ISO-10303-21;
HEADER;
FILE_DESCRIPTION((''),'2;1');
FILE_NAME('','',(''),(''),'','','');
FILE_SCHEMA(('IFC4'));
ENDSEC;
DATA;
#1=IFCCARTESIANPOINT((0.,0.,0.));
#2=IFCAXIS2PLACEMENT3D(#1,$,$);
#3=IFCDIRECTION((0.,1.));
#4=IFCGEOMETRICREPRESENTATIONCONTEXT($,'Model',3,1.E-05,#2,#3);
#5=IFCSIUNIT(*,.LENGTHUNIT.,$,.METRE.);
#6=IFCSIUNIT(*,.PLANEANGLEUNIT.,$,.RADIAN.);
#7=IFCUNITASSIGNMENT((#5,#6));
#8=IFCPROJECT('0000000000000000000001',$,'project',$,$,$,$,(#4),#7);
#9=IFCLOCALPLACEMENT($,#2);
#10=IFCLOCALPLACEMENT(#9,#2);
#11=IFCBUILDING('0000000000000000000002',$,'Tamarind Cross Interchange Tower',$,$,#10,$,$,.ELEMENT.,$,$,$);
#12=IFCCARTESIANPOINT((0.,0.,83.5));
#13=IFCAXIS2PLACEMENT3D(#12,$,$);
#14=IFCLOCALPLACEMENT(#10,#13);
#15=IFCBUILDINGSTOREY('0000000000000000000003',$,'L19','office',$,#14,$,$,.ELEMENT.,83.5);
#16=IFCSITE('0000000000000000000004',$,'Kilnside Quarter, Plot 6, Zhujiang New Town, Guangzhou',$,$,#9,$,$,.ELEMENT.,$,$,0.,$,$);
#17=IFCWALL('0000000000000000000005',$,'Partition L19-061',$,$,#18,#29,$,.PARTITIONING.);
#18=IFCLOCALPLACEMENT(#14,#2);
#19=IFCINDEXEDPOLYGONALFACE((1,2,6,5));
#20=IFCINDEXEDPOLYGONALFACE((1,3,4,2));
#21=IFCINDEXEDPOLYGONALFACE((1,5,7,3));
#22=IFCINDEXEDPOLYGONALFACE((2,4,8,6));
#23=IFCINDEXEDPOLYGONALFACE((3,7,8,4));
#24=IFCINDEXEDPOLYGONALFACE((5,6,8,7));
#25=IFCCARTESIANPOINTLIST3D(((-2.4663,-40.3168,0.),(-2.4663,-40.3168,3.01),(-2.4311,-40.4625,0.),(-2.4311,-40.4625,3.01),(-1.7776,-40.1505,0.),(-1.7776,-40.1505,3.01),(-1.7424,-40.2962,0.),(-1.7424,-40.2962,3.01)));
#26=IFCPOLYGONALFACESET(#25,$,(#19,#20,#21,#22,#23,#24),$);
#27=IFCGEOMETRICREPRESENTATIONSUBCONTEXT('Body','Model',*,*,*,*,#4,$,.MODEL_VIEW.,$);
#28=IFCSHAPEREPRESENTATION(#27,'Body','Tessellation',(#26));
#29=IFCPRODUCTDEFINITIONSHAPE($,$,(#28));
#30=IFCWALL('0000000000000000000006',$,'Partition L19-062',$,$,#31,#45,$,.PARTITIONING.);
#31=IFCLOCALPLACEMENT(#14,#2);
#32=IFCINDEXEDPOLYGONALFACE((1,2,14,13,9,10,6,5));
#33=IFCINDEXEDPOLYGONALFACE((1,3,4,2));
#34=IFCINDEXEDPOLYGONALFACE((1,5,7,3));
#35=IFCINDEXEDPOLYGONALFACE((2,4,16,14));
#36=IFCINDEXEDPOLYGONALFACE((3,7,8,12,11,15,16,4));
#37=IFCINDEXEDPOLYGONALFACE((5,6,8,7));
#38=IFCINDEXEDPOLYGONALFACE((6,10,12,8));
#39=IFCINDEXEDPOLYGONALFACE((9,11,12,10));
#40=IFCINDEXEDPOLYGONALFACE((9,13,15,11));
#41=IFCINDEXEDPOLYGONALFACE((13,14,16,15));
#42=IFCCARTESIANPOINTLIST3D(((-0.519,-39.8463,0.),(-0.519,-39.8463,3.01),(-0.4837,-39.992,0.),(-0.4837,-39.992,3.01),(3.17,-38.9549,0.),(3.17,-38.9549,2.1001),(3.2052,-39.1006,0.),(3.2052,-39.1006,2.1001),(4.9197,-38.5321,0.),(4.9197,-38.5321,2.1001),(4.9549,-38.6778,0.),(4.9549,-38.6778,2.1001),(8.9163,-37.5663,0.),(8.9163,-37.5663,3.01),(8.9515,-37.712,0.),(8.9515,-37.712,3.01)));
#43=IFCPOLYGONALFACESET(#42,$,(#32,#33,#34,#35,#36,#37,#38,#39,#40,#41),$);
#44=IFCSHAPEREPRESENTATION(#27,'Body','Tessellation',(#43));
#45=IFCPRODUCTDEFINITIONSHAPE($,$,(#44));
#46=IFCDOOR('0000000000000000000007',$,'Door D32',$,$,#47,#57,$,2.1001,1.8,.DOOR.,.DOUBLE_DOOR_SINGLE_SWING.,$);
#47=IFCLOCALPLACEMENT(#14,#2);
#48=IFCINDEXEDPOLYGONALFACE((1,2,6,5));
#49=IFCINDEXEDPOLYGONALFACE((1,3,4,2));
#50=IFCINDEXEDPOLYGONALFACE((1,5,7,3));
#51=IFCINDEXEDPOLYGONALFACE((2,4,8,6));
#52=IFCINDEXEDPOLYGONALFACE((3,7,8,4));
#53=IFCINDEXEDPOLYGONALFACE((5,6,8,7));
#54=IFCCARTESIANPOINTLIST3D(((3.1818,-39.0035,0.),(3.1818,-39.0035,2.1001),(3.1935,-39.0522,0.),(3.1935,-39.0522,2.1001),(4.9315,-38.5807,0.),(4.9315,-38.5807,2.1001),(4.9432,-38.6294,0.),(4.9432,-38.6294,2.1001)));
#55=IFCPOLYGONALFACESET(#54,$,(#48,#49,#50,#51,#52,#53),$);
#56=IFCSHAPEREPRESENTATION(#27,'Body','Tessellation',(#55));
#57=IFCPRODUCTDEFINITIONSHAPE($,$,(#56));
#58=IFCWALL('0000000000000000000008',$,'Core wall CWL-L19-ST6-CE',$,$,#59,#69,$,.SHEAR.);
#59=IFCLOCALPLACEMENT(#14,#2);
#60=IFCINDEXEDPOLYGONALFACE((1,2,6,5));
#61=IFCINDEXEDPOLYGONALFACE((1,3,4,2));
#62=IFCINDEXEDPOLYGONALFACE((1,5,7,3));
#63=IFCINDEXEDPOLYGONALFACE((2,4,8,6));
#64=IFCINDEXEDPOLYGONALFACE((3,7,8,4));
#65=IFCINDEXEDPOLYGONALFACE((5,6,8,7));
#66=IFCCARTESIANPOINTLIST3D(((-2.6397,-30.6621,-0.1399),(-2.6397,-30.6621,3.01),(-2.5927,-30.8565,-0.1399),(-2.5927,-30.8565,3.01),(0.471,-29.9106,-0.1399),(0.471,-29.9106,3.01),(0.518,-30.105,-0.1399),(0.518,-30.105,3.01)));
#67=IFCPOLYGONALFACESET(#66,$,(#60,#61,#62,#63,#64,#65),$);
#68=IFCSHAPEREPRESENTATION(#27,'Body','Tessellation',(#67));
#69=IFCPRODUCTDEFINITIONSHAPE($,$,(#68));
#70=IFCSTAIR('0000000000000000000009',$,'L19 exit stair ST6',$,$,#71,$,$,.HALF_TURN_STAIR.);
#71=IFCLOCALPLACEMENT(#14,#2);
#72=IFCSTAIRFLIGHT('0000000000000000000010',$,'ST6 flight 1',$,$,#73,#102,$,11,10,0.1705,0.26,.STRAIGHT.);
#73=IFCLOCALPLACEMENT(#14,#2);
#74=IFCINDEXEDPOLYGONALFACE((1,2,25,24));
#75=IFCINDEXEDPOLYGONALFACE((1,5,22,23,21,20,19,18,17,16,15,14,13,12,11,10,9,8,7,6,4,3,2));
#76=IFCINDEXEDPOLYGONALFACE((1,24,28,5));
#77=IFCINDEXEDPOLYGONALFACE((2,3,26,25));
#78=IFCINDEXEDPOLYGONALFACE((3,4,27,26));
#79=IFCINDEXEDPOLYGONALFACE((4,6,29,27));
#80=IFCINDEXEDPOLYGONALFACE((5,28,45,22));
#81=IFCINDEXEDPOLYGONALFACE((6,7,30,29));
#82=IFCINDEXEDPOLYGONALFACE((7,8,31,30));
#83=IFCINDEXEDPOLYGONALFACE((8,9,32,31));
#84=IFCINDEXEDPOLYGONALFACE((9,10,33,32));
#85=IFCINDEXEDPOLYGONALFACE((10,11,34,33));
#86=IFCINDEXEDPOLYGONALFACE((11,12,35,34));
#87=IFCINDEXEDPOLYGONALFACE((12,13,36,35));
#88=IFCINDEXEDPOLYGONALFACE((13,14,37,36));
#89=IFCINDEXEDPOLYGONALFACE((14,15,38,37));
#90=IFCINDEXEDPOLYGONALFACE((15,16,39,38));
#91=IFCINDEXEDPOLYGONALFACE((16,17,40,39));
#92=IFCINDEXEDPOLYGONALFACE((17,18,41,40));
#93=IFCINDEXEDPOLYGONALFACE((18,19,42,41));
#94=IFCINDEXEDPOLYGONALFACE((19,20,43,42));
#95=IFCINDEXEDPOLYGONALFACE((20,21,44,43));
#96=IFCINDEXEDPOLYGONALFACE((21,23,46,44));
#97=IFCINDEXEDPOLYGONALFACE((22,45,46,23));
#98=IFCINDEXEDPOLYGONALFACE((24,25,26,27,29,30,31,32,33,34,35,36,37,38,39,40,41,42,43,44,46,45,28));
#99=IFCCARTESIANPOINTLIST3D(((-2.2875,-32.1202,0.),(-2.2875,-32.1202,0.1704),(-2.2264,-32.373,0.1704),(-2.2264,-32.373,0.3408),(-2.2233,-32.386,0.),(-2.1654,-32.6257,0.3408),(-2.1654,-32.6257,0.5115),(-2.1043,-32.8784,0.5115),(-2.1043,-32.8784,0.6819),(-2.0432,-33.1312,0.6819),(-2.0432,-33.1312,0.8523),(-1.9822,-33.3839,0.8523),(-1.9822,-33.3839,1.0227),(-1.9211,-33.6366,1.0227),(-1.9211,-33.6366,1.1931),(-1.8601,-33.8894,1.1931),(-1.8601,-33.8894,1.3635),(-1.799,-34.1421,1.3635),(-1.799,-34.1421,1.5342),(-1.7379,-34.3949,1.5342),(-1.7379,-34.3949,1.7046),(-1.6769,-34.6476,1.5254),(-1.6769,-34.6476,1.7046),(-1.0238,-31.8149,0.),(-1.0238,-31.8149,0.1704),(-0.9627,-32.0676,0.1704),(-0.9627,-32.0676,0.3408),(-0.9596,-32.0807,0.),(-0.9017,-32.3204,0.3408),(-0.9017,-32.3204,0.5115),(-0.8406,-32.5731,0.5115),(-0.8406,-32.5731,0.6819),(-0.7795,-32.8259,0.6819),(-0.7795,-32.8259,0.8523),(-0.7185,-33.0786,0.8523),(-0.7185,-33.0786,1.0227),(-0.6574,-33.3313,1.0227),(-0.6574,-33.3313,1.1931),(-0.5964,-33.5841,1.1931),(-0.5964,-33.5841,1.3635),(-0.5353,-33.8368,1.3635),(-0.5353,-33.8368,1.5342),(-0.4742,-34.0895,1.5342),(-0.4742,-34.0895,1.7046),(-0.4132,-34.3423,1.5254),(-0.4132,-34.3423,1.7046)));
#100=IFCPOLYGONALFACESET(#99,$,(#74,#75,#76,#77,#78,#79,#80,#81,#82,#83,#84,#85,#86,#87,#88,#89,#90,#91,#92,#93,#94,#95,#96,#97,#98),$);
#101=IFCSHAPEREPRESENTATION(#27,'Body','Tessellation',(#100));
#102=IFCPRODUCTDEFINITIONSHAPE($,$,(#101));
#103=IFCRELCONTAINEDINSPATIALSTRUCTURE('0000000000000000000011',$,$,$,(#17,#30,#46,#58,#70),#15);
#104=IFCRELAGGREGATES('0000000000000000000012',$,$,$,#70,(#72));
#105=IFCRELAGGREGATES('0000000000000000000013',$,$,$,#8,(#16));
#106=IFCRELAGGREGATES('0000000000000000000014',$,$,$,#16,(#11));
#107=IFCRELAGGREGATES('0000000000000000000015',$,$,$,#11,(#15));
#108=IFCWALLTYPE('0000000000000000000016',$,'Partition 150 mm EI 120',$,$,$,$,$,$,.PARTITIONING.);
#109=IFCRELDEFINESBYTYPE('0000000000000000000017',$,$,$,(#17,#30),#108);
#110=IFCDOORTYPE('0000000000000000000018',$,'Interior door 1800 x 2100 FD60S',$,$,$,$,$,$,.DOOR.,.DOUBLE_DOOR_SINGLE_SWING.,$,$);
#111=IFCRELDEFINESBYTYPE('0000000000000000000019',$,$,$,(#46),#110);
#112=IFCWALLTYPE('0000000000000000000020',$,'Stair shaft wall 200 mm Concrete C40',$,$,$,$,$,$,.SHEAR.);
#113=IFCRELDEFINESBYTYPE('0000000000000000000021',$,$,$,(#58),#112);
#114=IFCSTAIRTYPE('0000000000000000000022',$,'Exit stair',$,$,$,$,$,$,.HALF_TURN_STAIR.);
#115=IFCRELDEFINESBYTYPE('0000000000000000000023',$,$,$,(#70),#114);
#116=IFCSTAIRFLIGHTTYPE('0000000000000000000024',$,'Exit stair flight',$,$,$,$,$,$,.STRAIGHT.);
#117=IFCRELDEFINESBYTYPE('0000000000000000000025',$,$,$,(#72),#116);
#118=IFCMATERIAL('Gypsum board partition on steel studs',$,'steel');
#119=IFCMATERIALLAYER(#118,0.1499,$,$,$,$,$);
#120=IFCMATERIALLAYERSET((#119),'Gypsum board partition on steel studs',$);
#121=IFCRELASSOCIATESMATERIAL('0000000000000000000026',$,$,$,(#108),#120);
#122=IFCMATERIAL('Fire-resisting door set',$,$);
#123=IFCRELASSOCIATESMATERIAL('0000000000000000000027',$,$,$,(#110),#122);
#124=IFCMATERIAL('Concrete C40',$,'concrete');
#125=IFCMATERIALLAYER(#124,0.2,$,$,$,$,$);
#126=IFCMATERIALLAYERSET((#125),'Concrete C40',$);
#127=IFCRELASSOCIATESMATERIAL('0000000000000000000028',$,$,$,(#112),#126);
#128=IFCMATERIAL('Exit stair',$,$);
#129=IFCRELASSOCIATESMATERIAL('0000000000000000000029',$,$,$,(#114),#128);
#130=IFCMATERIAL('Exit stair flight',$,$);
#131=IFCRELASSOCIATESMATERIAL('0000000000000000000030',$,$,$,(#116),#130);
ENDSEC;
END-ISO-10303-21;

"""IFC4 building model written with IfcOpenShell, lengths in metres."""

from ifc_helpers import new_model, si_unit, direction, frame, frame_2d, origin, place, context, subcontext, project, spatial, polyline, rectangle, outline, extrude, material, layer, layer_set, type_object, element, fill, aggregate, save


model = new_model("IFC4")

# Units and contexts
model_context = context("Model", 3, precision=1e-05, world=origin(), true_north=direction((0.0, 1.0)))
body_context = subcontext(model_context, "Body", "Model", "MODEL_VIEW")
ifc_project = project(units=[si_unit("LENGTHUNIT", "METRE"), si_unit("PLANEANGLEUNIT", "RADIAN")], contexts=[model_context])

# Site, building, storey
site_placement = place(None, origin())
site = spatial("IfcSite", under=ifc_project, at=site_placement, Name="Kilnside Quarter, Plot 6, Zhujiang New Town, Guangzhou", CompositionType="ELEMENT", RefElevation=0.0)
building_placement = place(site_placement, origin())
building = spatial("IfcBuilding", under=site, at=building_placement, Name="Tamarind Cross Interchange Tower", CompositionType="ELEMENT")
storey_placement = place(building_placement, frame((0.0, 0.0, 83.5)))
storey = spatial("IfcBuildingStorey", under=building, at=storey_placement, Name="L19", Description="office", CompositionType="ELEMENT", Elevation=83.5)

# Wall
ifc_material_1 = material(Name="Gypsum board partition on steel studs", Category="steel")
ifc_layer_1 = layer(ifc_material_1, 0.1499)
ifc_layer_set_1 = layer_set([ifc_layer_1], Name="Gypsum board partition on steel studs")
wall_type_1 = type_object("IfcWallType", Name="Partition 150 mm EI 120", PredefinedType="PARTITIONING", material=ifc_layer_set_1)
wall_1_placement = place(storey_placement, frame((-2.4487, -40.3896, 0.0), z_axis=(0.0, 0.0, 1.0), x_axis=(0.972077, 0.234663, 0.0)))
element("IfcWall", 1, at=wall_1_placement, inside=storey, type_object=wall_type_1, Name="Partition L19-061", PredefinedType="PARTITIONING", context=body_context, shape_type="SweptSolid", body=[
    extrude(rectangle(XDim=0.7085, YDim=0.1499, at=frame_2d((0.3542, 0.0))), origin(), (0.0, 0.0, 1.0), 3.01),
])

# Wall, opening, door
wall_2_placement = place(storey_placement, frame((-0.5015, -39.9192, 0.0), z_axis=(0.0, 0.0, 1.0), x_axis=(0.972022, 0.234888, 0.0)))
wall_2 = element("IfcWall", 2, at=wall_2_placement, inside=storey, type_object=wall_type_1, Name="Partition L19-062", PredefinedType="PARTITIONING", context=body_context, shape_type="SweptSolid", body=[
    extrude(rectangle(XDim=9.7068, YDim=0.1499, at=frame_2d((4.8535, 0.0))), origin(), (0.0, 0.0, 1.0), 3.01),
])
opening_placement = place(wall_2_placement, frame((3.7954, 0.0, 0.0)))
opening = element("IfcOpeningElement", 3, at=opening_placement, cuts=wall_2, PredefinedType="OPENING", context=body_context, shape_type="SweptSolid", body=[
    extrude(rectangle(XDim=1.8, YDim=2.1001, at=frame_2d((0.8999, 1.05))), frame((0.0, 0.085, 0.0), z_axis=(0.0, -1.0, 0.0), x_axis=(1.0, 0.0, 0.0)), (0.0, 0.0, 1.0), 0.1699),
])
ifc_material_2 = material(Name="Fire-resisting door set")
door_type = type_object("IfcDoorType", Name="Interior door 1800 x 2100 FD60S", OperationType="DOUBLE_DOOR_SINGLE_SWING", PredefinedType="DOOR", material=ifc_material_2)
door_placement = place(opening_placement, origin())
door = element("IfcDoor", 4, at=door_placement, inside=storey, type_object=door_type, Name="Door D32", OperationType="DOUBLE_DOOR_SINGLE_SWING", OverallHeight=2.1001, OverallWidth=1.8, PredefinedType="DOOR", context=body_context, shape_type="SweptSolid", body=[
    extrude(rectangle(XDim=1.8, YDim=2.1001, at=frame_2d((0.8999, 1.05))), frame((0.0, 0.0249, 0.0), z_axis=(0.0, -1.0, 0.0), x_axis=(1.0, 0.0, 0.0)), (0.0, 0.0, 1.0), 0.05),
])
fill(opening, door)

# Wall
ifc_material_3 = material(Name="Concrete C40", Category="concrete")
ifc_layer_2 = layer(ifc_material_3, 0.2)
ifc_layer_set_2 = layer_set([ifc_layer_2], Name="Concrete C40")
wall_type_2 = type_object("IfcWallType", Name="Stair shaft wall 200 mm Concrete C40", PredefinedType="SHEAR", material=ifc_layer_set_2)
wall_3_placement = place(storey_placement, frame((-2.6162, -30.7593, -0.1399), z_axis=(0.0, 0.0, 1.0), x_axis=(0.972037, 0.234827, 0.0)))
element("IfcWall", 5, at=wall_3_placement, inside=storey, type_object=wall_type_2, Name="Core wall CWL-L19-ST6-CE", PredefinedType="SHEAR", context=body_context, shape_type="SweptSolid", body=[
    extrude(rectangle(XDim=3.2002, YDim=0.2, at=frame_2d((1.6001, 0.0))), origin(), (0.0, 0.0, 1.0), 3.1499),
])

# Stair, stair flight
ifc_material_4 = material(Name="Exit stair")
stair_type = type_object("IfcStairType", Name="Exit stair", PredefinedType="HALF_TURN_STAIR", material=ifc_material_4)
stair_placement = place(storey_placement, origin())
stair = element("IfcStair", 6, at=stair_placement, inside=storey, type_object=stair_type, Name="L19 exit stair ST6", PredefinedType="HALF_TURN_STAIR")
ifc_material_5 = material(Name="Exit stair flight")
stair_flight_type = type_object("IfcStairFlightType", Name="Exit stair flight", PredefinedType="STRAIGHT", material=ifc_material_5)
stair_flight_placement = place(storey_placement, frame((-1.6555, -31.9675, 0.0), z_axis=(0.0, 0.0, 1.0), x_axis=(0.234844, -0.972033, 0.0)))
stair_flight = element("IfcStairFlight", 7, at=stair_flight_placement, type_object=stair_flight_type, Name="ST6 flight 1", NumberOfRisers=11, NumberOfTreads=10, PredefinedType="STRAIGHT", RiserHeight=0.1705, TreadLength=0.26, context=body_context, shape_type="SweptSolid", body=[
    extrude(outline(polyline([(0.0, 0.0), (0.0, 0.1704), (0.26, 0.1704), (0.26, 0.3408), (0.52, 0.3408), (0.52, 0.5115), (0.78, 0.5115), (0.78, 0.6819), (1.04, 0.6819), (1.04, 0.8523), (1.3, 0.8523), (1.3, 1.0227), (1.5601, 1.0227), (1.5601, 1.1931), (1.8201, 1.1931), (1.8201, 1.3635), (2.0801, 1.3635), (2.0801, 1.5342), (2.3401, 1.5342), (2.3401, 1.7046), (2.6001, 1.7046), (2.6001, 1.875), (2.6001, 1.5254), (0.2734, 0.0), (0.0, 0.0)])), frame((0.0, 0.6499, 0.0), z_axis=(0.0, -1.0, 0.0), x_axis=(1.0, 0.0, 0.0)), (0.0, 0.0, 1.0), 1.3),
])
aggregate(stair, [stair_flight])

save(model, "model.ifc")
